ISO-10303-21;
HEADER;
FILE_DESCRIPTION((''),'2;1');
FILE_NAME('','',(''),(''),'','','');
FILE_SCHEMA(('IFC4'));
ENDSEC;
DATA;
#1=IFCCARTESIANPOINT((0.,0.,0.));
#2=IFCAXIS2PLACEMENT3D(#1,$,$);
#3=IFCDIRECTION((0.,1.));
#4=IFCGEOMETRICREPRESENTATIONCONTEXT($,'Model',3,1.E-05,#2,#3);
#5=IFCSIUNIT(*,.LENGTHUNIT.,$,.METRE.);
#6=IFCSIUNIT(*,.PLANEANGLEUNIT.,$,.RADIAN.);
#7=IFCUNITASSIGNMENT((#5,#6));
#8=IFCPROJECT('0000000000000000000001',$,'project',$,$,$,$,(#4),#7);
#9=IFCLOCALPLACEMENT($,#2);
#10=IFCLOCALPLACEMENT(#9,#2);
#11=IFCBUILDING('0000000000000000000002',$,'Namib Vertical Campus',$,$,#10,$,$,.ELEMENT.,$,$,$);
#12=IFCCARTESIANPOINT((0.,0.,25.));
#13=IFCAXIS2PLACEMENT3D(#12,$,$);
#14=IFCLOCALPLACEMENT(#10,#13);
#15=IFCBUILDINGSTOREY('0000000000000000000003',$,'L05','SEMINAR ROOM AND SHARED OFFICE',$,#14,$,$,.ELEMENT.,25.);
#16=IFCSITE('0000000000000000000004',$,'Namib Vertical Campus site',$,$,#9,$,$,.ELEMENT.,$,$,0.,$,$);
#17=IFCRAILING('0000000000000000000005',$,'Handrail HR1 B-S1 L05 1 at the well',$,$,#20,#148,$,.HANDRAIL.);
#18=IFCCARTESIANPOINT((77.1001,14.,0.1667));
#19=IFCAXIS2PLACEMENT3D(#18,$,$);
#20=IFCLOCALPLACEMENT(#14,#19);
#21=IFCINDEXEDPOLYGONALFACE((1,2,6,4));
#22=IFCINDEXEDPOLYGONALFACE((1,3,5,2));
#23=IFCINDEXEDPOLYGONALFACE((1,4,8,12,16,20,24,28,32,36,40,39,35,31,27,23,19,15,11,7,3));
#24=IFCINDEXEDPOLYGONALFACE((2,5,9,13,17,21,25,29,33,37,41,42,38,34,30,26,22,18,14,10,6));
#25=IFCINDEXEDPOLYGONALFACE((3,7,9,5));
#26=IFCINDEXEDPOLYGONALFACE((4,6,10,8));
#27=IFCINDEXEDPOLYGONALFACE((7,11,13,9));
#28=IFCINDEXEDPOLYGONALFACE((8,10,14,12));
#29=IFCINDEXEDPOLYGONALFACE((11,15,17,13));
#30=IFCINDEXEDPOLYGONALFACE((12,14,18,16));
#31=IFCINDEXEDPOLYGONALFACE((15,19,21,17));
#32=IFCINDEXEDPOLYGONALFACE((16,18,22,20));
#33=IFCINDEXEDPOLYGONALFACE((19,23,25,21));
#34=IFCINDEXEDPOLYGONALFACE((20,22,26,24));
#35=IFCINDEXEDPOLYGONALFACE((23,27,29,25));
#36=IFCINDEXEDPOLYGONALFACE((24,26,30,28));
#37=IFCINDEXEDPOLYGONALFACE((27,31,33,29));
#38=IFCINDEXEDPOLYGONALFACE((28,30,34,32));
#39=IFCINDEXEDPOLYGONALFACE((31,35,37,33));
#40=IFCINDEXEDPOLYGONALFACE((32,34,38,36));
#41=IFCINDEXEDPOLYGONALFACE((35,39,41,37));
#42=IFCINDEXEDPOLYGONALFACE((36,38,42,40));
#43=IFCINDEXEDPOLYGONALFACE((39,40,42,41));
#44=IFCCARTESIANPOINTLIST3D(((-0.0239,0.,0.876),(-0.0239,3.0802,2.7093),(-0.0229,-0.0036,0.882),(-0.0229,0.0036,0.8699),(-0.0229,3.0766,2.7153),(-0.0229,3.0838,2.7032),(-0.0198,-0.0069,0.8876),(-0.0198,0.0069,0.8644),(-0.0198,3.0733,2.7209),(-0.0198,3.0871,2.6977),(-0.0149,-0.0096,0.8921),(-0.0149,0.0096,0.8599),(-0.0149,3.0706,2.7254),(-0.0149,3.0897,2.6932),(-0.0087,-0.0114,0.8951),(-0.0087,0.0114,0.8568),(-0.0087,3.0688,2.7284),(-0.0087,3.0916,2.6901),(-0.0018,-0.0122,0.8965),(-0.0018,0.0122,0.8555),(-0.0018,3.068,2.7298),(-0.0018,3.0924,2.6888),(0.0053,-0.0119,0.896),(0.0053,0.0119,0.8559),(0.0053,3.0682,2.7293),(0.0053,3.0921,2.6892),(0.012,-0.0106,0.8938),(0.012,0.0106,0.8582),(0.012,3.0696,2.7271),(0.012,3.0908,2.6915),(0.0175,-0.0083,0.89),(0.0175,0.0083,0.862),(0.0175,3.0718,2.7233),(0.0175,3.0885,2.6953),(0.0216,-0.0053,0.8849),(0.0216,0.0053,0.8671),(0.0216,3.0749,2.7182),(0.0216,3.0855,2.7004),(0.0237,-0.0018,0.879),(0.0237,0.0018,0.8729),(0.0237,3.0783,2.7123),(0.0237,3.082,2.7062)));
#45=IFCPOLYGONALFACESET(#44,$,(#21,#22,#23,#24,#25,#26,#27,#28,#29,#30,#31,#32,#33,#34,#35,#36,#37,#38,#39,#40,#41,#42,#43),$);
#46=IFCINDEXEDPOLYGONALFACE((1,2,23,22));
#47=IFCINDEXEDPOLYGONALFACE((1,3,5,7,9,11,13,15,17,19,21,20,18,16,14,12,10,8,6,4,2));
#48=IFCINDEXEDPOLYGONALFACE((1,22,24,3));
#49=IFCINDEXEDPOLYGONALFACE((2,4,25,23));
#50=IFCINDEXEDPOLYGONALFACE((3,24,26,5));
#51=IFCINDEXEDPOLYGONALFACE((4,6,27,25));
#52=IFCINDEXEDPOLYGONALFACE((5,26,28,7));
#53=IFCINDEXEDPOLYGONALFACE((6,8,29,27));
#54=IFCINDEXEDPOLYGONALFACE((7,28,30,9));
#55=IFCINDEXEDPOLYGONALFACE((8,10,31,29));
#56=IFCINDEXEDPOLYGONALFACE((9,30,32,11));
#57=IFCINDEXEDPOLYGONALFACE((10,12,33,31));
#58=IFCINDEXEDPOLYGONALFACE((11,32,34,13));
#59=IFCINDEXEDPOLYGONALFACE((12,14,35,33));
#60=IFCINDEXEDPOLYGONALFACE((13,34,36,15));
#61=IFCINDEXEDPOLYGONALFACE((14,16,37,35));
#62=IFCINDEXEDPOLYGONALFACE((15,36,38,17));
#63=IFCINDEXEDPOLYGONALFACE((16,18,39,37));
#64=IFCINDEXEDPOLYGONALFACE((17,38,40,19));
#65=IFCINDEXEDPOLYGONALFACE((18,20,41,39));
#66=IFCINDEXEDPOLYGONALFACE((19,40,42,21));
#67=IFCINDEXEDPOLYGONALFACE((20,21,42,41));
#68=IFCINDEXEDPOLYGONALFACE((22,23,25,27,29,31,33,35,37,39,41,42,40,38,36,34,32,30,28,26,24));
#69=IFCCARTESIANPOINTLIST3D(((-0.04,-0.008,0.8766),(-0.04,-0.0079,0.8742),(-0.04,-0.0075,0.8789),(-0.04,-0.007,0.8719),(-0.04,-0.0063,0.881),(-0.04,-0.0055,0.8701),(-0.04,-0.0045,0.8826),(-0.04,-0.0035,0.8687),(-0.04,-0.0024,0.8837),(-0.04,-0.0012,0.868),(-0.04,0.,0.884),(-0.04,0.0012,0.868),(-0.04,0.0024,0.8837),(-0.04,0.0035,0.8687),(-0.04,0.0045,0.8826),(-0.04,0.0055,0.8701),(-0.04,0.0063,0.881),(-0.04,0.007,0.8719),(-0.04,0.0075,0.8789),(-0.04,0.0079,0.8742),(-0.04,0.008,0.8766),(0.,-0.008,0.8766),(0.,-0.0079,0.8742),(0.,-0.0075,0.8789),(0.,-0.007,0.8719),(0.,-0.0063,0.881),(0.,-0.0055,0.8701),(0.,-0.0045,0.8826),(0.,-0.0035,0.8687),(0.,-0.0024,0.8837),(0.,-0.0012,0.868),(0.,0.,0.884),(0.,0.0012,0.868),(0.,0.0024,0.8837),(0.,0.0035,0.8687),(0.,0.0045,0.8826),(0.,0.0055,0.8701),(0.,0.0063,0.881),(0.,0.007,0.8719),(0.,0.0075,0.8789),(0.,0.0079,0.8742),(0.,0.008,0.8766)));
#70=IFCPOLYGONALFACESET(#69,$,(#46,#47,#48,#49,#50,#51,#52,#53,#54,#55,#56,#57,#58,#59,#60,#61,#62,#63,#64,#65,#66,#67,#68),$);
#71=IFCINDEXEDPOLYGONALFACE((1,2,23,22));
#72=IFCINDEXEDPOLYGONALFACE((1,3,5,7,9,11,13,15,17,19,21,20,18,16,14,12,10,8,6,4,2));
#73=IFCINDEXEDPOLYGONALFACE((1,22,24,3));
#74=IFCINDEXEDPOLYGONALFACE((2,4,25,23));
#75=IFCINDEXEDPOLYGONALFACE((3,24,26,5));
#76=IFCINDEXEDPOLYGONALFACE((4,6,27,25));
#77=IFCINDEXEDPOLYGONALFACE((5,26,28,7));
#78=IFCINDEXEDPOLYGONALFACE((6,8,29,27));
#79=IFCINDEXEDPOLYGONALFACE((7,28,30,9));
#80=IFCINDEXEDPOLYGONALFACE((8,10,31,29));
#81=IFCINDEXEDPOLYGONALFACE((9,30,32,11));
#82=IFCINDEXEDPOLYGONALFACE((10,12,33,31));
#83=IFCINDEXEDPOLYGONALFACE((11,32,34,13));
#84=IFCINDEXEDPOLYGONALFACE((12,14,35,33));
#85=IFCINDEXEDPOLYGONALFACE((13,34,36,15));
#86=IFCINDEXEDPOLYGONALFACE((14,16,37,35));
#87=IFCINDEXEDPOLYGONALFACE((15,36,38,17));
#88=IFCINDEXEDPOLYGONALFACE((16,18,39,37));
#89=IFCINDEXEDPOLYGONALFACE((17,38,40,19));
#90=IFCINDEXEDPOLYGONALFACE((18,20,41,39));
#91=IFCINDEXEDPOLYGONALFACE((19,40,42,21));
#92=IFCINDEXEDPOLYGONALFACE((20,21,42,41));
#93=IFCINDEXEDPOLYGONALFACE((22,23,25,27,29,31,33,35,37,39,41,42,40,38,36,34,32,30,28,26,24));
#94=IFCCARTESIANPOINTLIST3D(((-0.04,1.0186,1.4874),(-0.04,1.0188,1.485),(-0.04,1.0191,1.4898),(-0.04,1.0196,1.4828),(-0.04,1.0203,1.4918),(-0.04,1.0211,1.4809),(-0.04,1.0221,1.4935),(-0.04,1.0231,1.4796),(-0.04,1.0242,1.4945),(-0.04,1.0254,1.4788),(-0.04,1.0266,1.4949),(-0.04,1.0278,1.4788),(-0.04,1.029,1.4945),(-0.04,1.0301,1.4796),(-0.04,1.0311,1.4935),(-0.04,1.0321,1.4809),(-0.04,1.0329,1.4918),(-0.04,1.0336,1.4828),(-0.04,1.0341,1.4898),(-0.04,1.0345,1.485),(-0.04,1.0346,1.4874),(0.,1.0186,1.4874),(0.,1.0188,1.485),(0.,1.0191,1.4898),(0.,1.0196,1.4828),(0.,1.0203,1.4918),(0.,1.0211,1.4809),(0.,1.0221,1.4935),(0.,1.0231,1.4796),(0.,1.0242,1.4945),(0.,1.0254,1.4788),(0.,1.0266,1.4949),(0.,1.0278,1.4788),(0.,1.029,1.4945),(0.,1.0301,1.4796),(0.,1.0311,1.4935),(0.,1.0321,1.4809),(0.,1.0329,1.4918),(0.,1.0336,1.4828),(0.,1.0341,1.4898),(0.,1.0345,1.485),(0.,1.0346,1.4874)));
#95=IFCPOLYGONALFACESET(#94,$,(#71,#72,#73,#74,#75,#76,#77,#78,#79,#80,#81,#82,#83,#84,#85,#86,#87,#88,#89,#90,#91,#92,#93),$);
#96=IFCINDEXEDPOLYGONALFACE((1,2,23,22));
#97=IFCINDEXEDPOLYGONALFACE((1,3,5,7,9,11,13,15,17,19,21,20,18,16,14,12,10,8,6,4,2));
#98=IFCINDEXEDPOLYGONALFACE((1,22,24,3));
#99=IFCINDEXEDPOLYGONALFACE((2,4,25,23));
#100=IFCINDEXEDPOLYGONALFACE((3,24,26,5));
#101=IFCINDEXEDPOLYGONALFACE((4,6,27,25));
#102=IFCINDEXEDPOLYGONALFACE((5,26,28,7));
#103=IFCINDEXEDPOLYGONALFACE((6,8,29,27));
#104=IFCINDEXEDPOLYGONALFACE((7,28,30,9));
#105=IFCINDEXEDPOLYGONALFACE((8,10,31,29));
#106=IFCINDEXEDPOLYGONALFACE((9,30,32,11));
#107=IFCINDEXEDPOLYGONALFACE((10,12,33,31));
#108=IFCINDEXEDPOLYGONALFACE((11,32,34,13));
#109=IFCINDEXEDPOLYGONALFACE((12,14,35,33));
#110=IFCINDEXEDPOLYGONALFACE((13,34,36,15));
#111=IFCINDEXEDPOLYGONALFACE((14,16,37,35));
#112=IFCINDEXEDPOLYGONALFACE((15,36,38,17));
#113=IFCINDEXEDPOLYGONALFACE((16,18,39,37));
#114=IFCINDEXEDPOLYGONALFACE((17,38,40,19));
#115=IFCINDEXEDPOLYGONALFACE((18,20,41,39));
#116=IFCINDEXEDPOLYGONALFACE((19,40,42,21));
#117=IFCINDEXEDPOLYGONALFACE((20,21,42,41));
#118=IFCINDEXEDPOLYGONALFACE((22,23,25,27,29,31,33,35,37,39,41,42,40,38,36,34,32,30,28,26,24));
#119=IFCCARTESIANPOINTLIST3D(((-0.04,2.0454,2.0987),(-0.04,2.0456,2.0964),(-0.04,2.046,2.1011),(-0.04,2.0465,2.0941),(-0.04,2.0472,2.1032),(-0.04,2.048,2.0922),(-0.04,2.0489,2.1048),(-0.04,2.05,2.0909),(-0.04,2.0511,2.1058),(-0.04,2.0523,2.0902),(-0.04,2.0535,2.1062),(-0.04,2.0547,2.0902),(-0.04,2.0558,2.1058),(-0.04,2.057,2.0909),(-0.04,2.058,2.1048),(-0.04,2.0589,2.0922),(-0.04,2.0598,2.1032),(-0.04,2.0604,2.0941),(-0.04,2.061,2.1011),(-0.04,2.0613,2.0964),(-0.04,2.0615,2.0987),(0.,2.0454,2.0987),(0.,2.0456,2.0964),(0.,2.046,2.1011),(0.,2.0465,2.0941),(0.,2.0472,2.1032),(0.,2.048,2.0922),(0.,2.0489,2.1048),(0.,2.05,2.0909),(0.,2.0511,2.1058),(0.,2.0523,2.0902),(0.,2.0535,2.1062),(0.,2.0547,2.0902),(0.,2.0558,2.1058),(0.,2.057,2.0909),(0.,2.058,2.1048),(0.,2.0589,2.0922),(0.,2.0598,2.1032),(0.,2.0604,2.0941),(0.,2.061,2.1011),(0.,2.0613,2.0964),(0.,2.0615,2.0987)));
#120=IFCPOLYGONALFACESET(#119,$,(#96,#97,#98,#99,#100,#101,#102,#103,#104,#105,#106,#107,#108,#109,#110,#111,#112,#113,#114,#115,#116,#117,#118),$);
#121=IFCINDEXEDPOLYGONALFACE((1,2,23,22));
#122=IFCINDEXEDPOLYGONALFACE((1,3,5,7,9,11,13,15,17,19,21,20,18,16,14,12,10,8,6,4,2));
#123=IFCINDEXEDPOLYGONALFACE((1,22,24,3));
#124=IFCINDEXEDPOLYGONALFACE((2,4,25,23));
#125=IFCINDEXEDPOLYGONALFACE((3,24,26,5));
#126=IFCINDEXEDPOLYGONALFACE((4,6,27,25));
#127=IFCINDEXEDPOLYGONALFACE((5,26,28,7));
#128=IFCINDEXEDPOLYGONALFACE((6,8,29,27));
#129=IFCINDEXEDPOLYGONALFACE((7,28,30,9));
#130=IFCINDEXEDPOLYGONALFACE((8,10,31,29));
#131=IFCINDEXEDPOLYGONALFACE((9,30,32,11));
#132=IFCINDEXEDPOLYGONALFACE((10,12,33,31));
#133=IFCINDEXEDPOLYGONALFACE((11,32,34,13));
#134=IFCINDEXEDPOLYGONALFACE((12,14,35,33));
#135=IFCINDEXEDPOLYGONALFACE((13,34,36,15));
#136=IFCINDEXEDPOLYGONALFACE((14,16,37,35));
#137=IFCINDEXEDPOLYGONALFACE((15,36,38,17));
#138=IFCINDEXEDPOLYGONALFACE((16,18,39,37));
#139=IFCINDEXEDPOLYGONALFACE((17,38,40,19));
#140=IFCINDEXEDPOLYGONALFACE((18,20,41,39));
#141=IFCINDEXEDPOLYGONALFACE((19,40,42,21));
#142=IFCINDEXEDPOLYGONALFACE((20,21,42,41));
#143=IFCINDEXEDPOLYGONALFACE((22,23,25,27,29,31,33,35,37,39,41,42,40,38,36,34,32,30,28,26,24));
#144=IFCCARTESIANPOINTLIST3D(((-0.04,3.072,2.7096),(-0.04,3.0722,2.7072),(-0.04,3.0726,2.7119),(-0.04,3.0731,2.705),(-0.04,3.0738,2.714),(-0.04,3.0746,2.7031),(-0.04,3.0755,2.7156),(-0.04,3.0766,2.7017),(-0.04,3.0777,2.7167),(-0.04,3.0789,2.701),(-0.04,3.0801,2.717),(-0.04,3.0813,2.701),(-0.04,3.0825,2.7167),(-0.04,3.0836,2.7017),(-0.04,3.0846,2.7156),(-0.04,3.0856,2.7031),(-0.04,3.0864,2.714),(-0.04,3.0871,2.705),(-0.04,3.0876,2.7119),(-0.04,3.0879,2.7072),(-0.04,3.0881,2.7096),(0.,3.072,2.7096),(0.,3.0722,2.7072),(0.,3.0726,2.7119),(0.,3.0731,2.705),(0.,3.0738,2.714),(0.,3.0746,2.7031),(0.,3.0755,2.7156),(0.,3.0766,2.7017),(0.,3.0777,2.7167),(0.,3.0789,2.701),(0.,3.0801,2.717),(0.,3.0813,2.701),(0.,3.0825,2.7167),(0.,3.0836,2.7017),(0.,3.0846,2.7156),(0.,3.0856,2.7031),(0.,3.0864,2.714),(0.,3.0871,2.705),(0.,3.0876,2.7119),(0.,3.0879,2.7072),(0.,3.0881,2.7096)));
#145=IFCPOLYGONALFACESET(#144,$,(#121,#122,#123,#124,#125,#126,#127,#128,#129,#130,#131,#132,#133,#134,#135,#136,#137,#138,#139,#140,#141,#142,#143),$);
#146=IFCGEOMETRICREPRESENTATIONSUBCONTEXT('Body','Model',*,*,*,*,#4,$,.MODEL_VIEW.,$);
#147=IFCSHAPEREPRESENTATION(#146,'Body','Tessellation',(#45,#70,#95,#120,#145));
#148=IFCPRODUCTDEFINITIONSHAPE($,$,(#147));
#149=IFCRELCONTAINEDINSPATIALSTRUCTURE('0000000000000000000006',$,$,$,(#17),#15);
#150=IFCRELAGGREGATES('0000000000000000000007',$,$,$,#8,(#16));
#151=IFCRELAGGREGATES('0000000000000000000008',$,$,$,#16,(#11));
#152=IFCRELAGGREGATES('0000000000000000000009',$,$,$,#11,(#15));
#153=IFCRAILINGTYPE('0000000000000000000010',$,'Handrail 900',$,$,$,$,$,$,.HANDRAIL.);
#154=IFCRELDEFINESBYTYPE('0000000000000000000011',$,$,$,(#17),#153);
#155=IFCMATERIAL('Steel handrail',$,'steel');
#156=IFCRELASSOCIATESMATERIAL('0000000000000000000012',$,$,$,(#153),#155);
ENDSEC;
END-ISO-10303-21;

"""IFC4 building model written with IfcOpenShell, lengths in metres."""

from ifc_helpers import new_model, si_unit, direction, frame, origin, origin_2d, place, context, subcontext, project, spatial, circle, extrude, material, type_object, element, save


model = new_model("IFC4")

# Units and contexts
model_context = context("Model", 3, precision=1e-05, world=origin(), true_north=direction((0.0, 1.0)))
body_context = subcontext(model_context, "Body", "Model", "MODEL_VIEW")
ifc_project = project(units=[si_unit("LENGTHUNIT", "METRE"), si_unit("PLANEANGLEUNIT", "RADIAN")], contexts=[model_context])

# Site, building, storey
site_placement = place(None, origin())
site = spatial("IfcSite", under=ifc_project, at=site_placement, Name="Namib Vertical Campus site", CompositionType="ELEMENT", RefElevation=0.0)
building_placement = place(site_placement, origin())
building = spatial("IfcBuilding", under=site, at=building_placement, Name="Namib Vertical Campus", CompositionType="ELEMENT")
storey_placement = place(building_placement, frame((0.0, 0.0, 25.0)))
storey = spatial("IfcBuildingStorey", under=building, at=storey_placement, Name="L05", Description="SEMINAR ROOM AND SHARED OFFICE", CompositionType="ELEMENT", Elevation=25.0)

# Railing
ifc_material_1 = material(Name="Steel handrail", Category="steel")
railing_type_1 = type_object("IfcRailingType", Name="Handrail 900", PredefinedType="HANDRAIL", material=ifc_material_1)
railing_1_placement = place(storey_placement, frame((77.1001, 14.0, 0.1667)))
element("IfcRailing", 1, at=railing_1_placement, inside=storey, type_object=railing_type_1, Name="Handrail HR1 B-S1 L05 1 at the well", PredefinedType="HANDRAIL", context=body_context, shape_type="SweptSolid", body=[
    extrude(circle(Radius=0.0239, at=origin_2d()), frame((0.0, 0.0, 0.876), z_axis=(0.0, 0.859309, 0.511458), x_axis=(-1.0, 0.0, 0.0)), (0.0, 0.0, 1.0), 3.5845),
    extrude(circle(Radius=0.0081, at=origin_2d()), frame((0.0, 0.0, 0.876), z_axis=(-1.0, 0.0, 0.0), x_axis=(0.0, 0.0, 1.0)), (0.0, 0.0, 1.0), 0.04),
    extrude(circle(Radius=0.0081, at=origin_2d()), frame((0.0, 1.0266, 1.4868), z_axis=(-1.0, 0.0, 0.0), x_axis=(0.0, 0.0, 1.0)), (0.0, 0.0, 1.0), 0.04),
    extrude(circle(Radius=0.0081, at=origin_2d()), frame((0.0, 2.0535, 2.0981), z_axis=(-1.0, 0.0, 0.0), x_axis=(0.0, 0.0, 1.0)), (0.0, 0.0, 1.0), 0.04),
    extrude(circle(Radius=0.0081, at=origin_2d()), frame((0.0, 3.0801, 2.709), z_axis=(-1.0, 0.0, 0.0), x_axis=(0.0, 0.0, 1.0)), (0.0, 0.0, 1.0), 0.04),
])

save(model, "model.ifc")
